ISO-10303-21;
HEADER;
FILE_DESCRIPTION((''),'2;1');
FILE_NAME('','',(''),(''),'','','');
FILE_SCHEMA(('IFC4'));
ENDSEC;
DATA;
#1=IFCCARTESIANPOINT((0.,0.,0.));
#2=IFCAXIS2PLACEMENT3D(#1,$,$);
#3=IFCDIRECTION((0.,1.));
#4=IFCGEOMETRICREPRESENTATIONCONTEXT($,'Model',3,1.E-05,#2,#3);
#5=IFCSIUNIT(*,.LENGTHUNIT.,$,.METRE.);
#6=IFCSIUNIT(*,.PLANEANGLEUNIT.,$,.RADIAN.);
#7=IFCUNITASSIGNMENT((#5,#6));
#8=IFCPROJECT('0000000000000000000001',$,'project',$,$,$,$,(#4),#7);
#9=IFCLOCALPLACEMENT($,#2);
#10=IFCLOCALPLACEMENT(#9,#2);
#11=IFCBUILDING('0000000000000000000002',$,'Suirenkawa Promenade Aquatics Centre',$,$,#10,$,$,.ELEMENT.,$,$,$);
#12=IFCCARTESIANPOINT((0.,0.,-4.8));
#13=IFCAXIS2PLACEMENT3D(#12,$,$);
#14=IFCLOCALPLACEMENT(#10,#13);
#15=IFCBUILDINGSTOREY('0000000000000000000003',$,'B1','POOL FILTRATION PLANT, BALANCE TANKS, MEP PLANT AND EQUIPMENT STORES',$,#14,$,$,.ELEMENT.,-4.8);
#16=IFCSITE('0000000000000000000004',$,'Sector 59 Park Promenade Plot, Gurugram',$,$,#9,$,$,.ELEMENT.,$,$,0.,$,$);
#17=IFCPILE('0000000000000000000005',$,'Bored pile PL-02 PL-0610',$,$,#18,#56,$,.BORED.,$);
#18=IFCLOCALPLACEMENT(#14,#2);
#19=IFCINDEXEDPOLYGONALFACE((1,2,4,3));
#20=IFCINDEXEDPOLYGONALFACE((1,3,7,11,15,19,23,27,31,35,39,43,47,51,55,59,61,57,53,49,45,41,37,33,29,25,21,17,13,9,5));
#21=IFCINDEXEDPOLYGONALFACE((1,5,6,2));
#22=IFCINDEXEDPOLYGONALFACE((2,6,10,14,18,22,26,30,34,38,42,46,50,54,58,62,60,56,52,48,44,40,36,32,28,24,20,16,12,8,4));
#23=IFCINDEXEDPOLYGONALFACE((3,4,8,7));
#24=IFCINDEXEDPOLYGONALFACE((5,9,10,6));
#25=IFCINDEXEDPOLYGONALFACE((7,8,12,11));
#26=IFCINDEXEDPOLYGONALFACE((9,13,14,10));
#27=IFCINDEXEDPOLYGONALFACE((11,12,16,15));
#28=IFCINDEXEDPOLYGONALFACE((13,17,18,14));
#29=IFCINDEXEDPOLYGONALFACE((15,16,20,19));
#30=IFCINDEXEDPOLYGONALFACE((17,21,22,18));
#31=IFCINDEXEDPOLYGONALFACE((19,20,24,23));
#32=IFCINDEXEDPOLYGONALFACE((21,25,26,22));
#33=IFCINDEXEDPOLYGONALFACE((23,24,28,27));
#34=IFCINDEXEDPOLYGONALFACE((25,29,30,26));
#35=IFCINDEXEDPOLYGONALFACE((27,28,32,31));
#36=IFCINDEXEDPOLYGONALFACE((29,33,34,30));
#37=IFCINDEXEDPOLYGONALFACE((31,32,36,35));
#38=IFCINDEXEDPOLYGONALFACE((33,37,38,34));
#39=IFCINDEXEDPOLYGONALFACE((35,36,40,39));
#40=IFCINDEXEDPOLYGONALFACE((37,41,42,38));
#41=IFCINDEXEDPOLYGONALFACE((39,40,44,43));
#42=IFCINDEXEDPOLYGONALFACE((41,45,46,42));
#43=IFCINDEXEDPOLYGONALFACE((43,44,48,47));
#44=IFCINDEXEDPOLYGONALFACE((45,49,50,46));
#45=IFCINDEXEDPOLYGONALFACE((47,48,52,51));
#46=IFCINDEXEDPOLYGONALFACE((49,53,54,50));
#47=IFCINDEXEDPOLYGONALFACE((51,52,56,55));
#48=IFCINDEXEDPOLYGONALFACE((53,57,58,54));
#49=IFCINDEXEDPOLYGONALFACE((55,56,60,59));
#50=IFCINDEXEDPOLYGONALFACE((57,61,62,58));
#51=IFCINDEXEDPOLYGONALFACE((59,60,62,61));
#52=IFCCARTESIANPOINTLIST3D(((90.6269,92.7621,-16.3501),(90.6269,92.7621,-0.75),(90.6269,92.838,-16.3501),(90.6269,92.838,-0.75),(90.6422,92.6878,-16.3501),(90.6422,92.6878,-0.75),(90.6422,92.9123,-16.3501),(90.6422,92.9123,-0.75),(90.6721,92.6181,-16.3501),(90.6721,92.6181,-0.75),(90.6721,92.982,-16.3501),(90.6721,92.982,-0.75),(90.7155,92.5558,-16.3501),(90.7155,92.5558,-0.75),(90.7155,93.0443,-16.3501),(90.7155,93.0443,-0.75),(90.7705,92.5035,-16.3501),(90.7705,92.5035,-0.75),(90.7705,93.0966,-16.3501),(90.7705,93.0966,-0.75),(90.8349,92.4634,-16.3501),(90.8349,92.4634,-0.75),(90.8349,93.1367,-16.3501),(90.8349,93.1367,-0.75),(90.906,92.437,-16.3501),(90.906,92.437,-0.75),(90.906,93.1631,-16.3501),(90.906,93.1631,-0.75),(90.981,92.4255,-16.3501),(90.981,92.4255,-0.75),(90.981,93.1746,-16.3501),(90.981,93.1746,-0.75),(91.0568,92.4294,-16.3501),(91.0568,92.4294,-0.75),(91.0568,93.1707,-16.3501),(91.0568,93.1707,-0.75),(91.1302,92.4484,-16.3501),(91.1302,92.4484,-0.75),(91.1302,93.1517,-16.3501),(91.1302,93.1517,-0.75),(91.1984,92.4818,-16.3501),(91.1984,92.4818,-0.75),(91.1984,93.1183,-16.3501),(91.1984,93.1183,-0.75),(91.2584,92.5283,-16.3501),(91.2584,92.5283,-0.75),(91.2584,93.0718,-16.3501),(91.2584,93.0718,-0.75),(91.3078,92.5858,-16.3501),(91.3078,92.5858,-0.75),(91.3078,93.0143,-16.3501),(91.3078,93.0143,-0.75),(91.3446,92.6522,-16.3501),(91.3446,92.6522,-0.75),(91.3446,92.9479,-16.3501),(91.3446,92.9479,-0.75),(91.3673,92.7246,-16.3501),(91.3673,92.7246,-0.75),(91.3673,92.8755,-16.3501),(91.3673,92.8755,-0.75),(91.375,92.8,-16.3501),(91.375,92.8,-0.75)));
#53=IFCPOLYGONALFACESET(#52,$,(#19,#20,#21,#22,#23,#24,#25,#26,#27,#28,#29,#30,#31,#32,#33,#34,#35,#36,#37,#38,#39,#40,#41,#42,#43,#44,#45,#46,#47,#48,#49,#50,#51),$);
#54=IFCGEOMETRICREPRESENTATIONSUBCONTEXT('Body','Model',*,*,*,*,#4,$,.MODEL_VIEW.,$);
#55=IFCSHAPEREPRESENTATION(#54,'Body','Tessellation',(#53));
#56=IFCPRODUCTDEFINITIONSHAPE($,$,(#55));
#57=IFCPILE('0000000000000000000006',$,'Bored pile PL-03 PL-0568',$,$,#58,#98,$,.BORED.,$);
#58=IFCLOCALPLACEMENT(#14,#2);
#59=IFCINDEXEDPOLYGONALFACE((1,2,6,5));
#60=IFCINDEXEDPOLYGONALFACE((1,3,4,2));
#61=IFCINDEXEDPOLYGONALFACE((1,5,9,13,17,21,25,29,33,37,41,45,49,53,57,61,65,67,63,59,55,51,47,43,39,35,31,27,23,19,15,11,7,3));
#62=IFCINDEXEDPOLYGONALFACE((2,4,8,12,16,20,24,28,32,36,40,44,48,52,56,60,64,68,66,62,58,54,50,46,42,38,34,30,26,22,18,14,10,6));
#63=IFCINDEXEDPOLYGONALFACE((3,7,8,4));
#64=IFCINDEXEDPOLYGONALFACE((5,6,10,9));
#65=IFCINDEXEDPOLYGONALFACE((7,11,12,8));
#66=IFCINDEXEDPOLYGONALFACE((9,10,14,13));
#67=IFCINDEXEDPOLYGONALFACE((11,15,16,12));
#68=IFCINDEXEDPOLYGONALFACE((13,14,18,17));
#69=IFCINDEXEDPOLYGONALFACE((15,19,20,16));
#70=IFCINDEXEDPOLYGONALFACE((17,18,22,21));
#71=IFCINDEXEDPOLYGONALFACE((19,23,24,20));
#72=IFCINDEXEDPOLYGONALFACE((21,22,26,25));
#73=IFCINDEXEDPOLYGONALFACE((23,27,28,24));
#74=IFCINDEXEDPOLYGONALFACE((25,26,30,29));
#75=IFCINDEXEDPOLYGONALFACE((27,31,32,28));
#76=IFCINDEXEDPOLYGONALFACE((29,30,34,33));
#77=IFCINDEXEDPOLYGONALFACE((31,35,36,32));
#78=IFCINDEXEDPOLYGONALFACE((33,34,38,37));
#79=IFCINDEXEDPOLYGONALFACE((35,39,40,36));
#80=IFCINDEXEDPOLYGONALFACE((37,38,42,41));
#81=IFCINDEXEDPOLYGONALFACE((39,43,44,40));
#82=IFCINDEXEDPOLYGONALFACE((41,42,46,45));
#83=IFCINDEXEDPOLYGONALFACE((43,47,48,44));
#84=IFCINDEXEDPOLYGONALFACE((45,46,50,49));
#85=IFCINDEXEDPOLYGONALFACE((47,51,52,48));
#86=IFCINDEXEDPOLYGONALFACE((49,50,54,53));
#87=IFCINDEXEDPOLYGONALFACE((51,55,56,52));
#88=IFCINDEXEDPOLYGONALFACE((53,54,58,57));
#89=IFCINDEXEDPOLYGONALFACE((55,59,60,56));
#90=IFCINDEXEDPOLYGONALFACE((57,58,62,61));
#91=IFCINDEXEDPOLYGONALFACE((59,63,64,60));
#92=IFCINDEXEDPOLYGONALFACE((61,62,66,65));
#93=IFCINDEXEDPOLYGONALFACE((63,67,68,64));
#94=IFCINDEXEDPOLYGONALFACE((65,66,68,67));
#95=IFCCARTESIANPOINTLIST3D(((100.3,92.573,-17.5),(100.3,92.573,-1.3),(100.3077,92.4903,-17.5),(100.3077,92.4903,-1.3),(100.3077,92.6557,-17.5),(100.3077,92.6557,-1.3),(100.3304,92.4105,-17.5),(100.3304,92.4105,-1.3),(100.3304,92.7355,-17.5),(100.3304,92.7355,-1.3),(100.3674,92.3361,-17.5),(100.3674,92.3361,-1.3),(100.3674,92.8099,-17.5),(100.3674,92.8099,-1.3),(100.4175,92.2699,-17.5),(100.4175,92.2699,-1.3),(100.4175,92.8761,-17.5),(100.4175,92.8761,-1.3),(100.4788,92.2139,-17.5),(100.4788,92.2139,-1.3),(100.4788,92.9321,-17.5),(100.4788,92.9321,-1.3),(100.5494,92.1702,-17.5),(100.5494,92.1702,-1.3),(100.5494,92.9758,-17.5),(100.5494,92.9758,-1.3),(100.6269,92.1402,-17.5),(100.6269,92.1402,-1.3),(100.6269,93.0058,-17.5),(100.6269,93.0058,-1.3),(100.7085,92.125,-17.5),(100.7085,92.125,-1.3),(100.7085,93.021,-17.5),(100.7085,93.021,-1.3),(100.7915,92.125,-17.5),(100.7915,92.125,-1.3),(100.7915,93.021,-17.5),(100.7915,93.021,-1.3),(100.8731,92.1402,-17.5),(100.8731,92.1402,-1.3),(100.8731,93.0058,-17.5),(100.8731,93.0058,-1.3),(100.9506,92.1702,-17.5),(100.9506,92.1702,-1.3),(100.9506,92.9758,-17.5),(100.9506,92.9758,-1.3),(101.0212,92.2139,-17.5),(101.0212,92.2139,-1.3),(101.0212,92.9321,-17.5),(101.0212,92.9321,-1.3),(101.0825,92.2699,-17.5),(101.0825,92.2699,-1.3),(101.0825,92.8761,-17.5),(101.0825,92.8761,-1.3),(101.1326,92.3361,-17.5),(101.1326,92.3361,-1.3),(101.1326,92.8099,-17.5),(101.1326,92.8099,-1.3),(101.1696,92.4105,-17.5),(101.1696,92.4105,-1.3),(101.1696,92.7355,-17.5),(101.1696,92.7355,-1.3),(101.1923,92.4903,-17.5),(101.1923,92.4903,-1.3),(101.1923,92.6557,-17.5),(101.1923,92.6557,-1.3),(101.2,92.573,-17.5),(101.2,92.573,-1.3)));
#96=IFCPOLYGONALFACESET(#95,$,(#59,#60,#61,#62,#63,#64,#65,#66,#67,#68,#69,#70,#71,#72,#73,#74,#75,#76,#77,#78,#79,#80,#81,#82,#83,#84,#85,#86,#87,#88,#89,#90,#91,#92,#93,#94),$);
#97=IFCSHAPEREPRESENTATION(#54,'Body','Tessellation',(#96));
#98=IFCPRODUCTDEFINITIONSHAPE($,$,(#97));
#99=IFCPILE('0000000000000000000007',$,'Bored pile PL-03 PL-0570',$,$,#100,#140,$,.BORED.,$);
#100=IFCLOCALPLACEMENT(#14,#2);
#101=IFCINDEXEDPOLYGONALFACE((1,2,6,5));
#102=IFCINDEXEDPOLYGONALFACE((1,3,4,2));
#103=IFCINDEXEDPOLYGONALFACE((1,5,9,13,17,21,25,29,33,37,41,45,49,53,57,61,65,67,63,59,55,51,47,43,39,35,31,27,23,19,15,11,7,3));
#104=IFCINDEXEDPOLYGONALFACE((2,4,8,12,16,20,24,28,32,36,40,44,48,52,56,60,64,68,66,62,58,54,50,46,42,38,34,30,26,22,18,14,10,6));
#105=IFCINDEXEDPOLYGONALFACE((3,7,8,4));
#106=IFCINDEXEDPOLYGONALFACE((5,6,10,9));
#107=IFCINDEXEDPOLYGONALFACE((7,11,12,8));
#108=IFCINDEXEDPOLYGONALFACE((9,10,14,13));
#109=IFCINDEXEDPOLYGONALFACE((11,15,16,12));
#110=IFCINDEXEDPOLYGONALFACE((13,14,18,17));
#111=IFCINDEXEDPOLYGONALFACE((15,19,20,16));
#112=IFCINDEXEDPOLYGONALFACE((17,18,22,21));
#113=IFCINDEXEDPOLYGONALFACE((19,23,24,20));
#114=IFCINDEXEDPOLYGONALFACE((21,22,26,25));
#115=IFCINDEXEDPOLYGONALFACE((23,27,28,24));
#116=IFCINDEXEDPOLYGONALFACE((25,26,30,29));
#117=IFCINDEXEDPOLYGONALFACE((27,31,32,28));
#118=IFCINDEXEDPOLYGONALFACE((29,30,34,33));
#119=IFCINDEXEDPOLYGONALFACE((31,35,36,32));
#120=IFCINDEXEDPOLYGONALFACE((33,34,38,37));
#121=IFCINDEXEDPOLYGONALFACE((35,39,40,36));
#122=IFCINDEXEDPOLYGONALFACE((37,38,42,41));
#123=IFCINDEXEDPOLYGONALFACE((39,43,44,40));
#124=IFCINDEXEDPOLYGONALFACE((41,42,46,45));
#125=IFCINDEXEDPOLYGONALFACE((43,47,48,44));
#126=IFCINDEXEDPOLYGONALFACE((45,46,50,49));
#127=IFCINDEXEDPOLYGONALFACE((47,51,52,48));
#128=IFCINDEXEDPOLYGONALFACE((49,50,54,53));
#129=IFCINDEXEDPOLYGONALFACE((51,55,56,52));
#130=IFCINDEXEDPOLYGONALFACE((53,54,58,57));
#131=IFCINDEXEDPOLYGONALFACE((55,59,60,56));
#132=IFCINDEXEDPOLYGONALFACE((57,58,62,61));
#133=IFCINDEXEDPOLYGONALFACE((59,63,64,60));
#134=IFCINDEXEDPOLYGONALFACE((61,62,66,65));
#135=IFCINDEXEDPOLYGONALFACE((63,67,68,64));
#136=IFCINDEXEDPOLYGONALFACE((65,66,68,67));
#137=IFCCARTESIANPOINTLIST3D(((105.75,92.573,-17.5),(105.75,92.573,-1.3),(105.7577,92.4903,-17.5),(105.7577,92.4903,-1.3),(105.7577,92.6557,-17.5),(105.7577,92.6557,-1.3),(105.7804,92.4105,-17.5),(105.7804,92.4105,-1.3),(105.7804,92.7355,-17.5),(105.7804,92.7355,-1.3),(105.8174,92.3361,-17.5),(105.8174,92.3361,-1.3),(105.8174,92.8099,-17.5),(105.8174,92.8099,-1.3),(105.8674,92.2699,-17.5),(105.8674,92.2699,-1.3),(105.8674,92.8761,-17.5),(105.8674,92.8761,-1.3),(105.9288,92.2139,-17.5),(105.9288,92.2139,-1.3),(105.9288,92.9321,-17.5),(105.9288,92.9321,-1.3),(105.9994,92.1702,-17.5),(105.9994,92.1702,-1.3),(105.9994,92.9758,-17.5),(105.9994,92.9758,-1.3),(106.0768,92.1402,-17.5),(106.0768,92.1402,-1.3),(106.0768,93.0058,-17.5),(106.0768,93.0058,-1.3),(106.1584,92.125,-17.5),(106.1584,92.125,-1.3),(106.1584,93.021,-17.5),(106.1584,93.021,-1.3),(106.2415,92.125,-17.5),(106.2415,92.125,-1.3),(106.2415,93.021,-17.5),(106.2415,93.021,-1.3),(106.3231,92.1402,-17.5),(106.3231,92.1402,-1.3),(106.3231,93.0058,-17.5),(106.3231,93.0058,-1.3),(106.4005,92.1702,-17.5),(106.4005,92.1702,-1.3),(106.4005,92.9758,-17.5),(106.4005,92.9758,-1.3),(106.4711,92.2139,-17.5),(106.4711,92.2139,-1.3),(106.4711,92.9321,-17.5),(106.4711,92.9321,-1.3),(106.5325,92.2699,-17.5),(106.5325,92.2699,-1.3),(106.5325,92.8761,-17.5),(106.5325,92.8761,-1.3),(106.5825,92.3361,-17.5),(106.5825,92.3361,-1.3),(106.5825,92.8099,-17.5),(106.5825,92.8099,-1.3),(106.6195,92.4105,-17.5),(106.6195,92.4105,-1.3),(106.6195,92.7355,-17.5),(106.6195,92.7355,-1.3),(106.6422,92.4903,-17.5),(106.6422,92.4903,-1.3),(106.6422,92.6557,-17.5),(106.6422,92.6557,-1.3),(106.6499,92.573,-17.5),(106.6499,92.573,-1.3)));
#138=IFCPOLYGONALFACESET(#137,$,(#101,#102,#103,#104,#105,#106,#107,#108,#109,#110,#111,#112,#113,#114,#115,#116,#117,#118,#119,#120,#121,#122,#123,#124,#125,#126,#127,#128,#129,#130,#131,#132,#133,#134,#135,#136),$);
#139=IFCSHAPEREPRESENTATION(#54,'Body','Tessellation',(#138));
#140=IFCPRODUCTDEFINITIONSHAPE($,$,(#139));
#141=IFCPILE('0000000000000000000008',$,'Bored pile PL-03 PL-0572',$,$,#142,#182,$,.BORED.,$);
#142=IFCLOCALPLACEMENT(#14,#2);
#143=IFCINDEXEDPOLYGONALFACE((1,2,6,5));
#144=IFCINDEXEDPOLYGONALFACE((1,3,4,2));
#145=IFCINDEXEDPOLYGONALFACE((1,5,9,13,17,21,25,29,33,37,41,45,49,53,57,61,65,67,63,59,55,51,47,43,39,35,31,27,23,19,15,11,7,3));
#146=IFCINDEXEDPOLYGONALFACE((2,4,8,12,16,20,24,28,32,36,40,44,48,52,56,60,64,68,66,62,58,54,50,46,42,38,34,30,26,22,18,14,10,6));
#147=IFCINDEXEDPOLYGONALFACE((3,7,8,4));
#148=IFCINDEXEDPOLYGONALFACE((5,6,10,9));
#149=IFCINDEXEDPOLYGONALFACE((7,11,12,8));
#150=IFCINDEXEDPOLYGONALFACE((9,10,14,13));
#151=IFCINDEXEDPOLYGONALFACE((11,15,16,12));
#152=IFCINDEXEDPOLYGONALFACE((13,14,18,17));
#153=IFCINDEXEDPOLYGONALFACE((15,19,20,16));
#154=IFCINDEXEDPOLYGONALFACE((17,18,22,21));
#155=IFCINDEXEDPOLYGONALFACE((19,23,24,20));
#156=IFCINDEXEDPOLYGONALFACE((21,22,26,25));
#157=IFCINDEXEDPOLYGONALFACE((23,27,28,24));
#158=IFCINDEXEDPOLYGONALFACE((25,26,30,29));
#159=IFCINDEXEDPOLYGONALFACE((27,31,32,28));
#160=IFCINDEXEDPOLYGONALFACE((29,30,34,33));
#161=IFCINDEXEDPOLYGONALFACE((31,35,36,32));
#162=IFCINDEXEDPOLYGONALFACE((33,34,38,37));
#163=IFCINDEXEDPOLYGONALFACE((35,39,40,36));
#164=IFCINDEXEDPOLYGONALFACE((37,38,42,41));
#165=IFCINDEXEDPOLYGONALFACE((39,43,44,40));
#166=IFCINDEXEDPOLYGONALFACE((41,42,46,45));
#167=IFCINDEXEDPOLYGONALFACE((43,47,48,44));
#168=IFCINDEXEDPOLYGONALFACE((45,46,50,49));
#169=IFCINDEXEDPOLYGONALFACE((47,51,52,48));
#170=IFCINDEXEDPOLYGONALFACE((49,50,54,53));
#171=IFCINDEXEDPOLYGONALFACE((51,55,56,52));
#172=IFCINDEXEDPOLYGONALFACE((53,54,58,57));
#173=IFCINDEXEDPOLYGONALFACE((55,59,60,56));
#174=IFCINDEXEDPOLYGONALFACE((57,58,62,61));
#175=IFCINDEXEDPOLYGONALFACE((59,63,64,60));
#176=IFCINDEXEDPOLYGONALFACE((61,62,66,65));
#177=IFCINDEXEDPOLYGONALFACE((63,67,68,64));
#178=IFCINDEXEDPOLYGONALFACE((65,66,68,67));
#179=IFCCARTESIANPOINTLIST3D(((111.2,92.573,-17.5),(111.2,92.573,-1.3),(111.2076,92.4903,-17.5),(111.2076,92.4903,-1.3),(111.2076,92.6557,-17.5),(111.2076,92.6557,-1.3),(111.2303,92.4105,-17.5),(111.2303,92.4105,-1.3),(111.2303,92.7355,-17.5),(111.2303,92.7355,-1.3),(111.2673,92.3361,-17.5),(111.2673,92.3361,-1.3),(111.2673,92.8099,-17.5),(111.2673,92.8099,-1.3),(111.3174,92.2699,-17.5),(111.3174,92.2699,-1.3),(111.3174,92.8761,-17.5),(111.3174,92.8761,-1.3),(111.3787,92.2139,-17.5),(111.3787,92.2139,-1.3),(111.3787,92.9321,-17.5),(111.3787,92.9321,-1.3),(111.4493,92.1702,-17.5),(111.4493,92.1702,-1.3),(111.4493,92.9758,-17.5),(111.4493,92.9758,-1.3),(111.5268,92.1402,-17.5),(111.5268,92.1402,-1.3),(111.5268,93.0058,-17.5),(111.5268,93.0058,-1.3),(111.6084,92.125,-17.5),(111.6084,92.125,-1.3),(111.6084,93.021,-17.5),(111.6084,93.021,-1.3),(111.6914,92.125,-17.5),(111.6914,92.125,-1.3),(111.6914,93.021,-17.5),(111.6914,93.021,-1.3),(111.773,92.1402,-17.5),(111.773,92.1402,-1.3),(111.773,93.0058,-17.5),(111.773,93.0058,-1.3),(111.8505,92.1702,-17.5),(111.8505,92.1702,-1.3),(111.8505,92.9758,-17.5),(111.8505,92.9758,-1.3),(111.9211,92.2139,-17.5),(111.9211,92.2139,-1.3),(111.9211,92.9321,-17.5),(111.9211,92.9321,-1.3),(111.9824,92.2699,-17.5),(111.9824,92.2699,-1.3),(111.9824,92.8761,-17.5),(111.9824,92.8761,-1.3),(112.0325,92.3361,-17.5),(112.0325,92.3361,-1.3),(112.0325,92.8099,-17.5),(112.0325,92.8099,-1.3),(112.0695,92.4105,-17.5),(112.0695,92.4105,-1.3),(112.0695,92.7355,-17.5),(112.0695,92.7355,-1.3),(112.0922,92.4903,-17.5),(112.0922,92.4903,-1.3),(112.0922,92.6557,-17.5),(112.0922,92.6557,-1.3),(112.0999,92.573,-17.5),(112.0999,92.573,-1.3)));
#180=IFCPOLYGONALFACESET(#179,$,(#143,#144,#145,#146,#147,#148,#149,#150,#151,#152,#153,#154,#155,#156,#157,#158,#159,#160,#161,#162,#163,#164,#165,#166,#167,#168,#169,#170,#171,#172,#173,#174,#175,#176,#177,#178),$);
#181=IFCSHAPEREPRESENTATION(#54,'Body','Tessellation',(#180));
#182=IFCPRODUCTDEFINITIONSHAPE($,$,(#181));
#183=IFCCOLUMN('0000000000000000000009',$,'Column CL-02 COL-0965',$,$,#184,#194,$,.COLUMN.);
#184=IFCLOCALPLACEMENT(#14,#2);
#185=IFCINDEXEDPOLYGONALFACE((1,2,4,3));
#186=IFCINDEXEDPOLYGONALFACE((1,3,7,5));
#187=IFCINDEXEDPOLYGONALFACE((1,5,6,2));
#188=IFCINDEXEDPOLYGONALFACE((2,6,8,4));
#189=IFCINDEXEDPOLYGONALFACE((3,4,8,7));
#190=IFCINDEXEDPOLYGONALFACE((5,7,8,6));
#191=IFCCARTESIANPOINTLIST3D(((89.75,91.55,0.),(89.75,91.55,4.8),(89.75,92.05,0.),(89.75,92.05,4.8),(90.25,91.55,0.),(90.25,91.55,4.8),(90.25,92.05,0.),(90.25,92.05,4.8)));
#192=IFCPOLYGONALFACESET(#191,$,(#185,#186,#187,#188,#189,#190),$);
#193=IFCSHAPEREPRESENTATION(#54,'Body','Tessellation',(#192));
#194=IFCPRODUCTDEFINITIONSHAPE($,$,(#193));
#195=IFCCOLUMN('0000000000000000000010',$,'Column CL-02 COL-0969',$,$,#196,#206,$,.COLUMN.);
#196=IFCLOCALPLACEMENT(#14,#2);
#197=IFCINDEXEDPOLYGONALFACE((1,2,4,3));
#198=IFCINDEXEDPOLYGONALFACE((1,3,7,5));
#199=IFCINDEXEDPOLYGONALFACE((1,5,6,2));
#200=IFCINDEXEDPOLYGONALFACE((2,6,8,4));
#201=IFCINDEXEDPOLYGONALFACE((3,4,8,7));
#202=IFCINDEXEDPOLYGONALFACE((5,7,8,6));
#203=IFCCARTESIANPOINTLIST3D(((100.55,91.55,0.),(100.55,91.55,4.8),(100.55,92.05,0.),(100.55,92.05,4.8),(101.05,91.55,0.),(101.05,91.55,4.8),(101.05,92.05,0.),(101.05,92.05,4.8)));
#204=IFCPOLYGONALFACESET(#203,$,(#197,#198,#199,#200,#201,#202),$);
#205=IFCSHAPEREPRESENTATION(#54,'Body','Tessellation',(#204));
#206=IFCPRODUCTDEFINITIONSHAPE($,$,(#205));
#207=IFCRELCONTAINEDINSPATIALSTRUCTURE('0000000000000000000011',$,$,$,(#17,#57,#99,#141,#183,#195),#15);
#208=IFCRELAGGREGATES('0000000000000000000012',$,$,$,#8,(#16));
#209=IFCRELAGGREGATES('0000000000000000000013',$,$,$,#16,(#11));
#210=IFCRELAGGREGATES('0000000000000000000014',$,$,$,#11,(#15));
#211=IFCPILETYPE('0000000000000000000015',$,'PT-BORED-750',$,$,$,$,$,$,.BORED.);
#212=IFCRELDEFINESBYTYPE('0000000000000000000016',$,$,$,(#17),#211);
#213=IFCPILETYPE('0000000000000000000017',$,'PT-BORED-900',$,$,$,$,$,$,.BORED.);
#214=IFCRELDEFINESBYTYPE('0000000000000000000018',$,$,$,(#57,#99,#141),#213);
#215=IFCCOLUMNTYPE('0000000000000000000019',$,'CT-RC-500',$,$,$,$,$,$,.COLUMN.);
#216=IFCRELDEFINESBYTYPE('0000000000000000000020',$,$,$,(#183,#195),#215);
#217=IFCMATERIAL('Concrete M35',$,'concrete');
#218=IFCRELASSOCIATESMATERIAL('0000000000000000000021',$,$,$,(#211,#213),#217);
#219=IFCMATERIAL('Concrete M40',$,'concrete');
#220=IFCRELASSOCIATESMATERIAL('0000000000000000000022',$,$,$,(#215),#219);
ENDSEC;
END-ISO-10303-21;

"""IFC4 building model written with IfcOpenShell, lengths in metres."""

from ifc_helpers import new_model, si_unit, direction, frame, origin, origin_2d, place, context, subcontext, project, spatial, rectangle, circle, extrude, material, material_profile, profile_set, type_object, element, save


model = new_model("IFC4")

# Units and contexts
model_context = context("Model", 3, precision=1e-05, world=origin(), true_north=direction((0.0, 1.0)))
body_context = subcontext(model_context, "Body", "Model", "MODEL_VIEW")
ifc_project = project(units=[si_unit("LENGTHUNIT", "METRE"), si_unit("PLANEANGLEUNIT", "RADIAN")], contexts=[model_context])

# Site, building, storey
site_placement = place(None, origin())
site = spatial("IfcSite", under=ifc_project, at=site_placement, Name="Sector 59 Park Promenade Plot, Gurugram", CompositionType="ELEMENT", RefElevation=0.0)
building_placement = place(site_placement, origin())
building = spatial("IfcBuilding", under=site, at=building_placement, Name="Suirenkawa Promenade Aquatics Centre", CompositionType="ELEMENT")
storey_placement = place(building_placement, frame((0.0, 0.0, -4.8)))
storey = spatial("IfcBuildingStorey", under=building, at=storey_placement, Name="B1", Description="POOL FILTRATION PLANT, BALANCE TANKS, MEP PLANT AND EQUIPMENT STORES", CompositionType="ELEMENT", Elevation=-4.8)

# Shared definitions
ifc_material_1 = material(Name="Concrete M35", Category="concrete")

# Piles
ifc_material_profile_1 = material_profile(ifc_material_1, circle(Radius=0.375, at=origin_2d()), Name="PILE D750", Category="concrete")
ifc_profile_set_1 = profile_set([ifc_material_profile_1], Name="Concrete M35")
pile_type_1 = type_object("IfcPileType", Name="PT-BORED-750", PredefinedType="BORED", material=ifc_profile_set_1)
for number, where, z_axis, x_axis, name in (
    (1, (91.0, 92.8, -0.75), (0.0, 0.0, -1.0), (1.0, 0.0, 0.0), "Bored pile PL-02 PL-0610"),
):
    element("IfcPile", number, at=place(storey_placement, frame(where, z_axis=z_axis, x_axis=x_axis)), inside=storey, type_object=pile_type_1, Name=name, PredefinedType="BORED", context=body_context, shape_type="SweptSolid", body=[
        extrude(circle(Radius=0.375, at=origin_2d()), origin(), (0.0, 0.0, 1.0), 15.6001),
    ])
ifc_material_profile_2 = material_profile(ifc_material_1, circle(Radius=0.45, at=origin_2d()), Name="PILE D900", Category="concrete")
ifc_profile_set_2 = profile_set([ifc_material_profile_2], Name="Concrete M35")
pile_type_2 = type_object("IfcPileType", Name="PT-BORED-900", PredefinedType="BORED", material=ifc_profile_set_2)
for number, where, z_axis, x_axis, name in (
    (2, (100.75, 92.573, -1.3), (0.0, 0.0, -1.0), (1.0, 0.0, 0.0), "Bored pile PL-03 PL-0568"),
    (3, (106.2, 92.573, -1.3), (0.0, 0.0, -1.0), (1.0, 0.0, 0.0), "Bored pile PL-03 PL-0570"),
    (4, (111.6499, 92.573, -1.3), (0.0, 0.0, -1.0), (1.0, 0.0, 0.0), "Bored pile PL-03 PL-0572"),
):
    element("IfcPile", number, at=place(storey_placement, frame(where, z_axis=z_axis, x_axis=x_axis)), inside=storey, type_object=pile_type_2, Name=name, PredefinedType="BORED", context=body_context, shape_type="SweptSolid", body=[
        extrude(circle(Radius=0.45, at=origin_2d()), origin(), (0.0, 0.0, 1.0), 16.2),
    ])

# Columns
ifc_material_2 = material(Name="Concrete M40", Category="concrete")
ifc_material_profile_3 = material_profile(ifc_material_2, rectangle(XDim=0.5, YDim=0.5, at=origin_2d()), Name="RC COL 500x500", Category="concrete")
ifc_profile_set_3 = profile_set([ifc_material_profile_3], Name="Concrete M40")
column_type = type_object("IfcColumnType", Name="CT-RC-500", PredefinedType="COLUMN", material=ifc_profile_set_3)
for number, where, z_axis, x_axis, name in (
    (5, (90.0, 91.8, 0.0), (0.0, 0.0, 1.0), (1.0, 0.0, 0.0), "Column CL-02 COL-0965"),
    (6, (100.8, 91.8, 0.0), (0.0, 0.0, 1.0), (1.0, 0.0, 0.0), "Column CL-02 COL-0969"),
):
    element("IfcColumn", number, at=place(storey_placement, frame(where, z_axis=z_axis, x_axis=x_axis)), inside=storey, type_object=column_type, Name=name, PredefinedType="COLUMN", context=body_context, shape_type="SweptSolid", body=[
        extrude(rectangle(XDim=0.5, YDim=0.5, at=origin_2d()), origin(), (0.0, 0.0, 1.0), 4.8),
    ])

save(model, "model.ifc")
